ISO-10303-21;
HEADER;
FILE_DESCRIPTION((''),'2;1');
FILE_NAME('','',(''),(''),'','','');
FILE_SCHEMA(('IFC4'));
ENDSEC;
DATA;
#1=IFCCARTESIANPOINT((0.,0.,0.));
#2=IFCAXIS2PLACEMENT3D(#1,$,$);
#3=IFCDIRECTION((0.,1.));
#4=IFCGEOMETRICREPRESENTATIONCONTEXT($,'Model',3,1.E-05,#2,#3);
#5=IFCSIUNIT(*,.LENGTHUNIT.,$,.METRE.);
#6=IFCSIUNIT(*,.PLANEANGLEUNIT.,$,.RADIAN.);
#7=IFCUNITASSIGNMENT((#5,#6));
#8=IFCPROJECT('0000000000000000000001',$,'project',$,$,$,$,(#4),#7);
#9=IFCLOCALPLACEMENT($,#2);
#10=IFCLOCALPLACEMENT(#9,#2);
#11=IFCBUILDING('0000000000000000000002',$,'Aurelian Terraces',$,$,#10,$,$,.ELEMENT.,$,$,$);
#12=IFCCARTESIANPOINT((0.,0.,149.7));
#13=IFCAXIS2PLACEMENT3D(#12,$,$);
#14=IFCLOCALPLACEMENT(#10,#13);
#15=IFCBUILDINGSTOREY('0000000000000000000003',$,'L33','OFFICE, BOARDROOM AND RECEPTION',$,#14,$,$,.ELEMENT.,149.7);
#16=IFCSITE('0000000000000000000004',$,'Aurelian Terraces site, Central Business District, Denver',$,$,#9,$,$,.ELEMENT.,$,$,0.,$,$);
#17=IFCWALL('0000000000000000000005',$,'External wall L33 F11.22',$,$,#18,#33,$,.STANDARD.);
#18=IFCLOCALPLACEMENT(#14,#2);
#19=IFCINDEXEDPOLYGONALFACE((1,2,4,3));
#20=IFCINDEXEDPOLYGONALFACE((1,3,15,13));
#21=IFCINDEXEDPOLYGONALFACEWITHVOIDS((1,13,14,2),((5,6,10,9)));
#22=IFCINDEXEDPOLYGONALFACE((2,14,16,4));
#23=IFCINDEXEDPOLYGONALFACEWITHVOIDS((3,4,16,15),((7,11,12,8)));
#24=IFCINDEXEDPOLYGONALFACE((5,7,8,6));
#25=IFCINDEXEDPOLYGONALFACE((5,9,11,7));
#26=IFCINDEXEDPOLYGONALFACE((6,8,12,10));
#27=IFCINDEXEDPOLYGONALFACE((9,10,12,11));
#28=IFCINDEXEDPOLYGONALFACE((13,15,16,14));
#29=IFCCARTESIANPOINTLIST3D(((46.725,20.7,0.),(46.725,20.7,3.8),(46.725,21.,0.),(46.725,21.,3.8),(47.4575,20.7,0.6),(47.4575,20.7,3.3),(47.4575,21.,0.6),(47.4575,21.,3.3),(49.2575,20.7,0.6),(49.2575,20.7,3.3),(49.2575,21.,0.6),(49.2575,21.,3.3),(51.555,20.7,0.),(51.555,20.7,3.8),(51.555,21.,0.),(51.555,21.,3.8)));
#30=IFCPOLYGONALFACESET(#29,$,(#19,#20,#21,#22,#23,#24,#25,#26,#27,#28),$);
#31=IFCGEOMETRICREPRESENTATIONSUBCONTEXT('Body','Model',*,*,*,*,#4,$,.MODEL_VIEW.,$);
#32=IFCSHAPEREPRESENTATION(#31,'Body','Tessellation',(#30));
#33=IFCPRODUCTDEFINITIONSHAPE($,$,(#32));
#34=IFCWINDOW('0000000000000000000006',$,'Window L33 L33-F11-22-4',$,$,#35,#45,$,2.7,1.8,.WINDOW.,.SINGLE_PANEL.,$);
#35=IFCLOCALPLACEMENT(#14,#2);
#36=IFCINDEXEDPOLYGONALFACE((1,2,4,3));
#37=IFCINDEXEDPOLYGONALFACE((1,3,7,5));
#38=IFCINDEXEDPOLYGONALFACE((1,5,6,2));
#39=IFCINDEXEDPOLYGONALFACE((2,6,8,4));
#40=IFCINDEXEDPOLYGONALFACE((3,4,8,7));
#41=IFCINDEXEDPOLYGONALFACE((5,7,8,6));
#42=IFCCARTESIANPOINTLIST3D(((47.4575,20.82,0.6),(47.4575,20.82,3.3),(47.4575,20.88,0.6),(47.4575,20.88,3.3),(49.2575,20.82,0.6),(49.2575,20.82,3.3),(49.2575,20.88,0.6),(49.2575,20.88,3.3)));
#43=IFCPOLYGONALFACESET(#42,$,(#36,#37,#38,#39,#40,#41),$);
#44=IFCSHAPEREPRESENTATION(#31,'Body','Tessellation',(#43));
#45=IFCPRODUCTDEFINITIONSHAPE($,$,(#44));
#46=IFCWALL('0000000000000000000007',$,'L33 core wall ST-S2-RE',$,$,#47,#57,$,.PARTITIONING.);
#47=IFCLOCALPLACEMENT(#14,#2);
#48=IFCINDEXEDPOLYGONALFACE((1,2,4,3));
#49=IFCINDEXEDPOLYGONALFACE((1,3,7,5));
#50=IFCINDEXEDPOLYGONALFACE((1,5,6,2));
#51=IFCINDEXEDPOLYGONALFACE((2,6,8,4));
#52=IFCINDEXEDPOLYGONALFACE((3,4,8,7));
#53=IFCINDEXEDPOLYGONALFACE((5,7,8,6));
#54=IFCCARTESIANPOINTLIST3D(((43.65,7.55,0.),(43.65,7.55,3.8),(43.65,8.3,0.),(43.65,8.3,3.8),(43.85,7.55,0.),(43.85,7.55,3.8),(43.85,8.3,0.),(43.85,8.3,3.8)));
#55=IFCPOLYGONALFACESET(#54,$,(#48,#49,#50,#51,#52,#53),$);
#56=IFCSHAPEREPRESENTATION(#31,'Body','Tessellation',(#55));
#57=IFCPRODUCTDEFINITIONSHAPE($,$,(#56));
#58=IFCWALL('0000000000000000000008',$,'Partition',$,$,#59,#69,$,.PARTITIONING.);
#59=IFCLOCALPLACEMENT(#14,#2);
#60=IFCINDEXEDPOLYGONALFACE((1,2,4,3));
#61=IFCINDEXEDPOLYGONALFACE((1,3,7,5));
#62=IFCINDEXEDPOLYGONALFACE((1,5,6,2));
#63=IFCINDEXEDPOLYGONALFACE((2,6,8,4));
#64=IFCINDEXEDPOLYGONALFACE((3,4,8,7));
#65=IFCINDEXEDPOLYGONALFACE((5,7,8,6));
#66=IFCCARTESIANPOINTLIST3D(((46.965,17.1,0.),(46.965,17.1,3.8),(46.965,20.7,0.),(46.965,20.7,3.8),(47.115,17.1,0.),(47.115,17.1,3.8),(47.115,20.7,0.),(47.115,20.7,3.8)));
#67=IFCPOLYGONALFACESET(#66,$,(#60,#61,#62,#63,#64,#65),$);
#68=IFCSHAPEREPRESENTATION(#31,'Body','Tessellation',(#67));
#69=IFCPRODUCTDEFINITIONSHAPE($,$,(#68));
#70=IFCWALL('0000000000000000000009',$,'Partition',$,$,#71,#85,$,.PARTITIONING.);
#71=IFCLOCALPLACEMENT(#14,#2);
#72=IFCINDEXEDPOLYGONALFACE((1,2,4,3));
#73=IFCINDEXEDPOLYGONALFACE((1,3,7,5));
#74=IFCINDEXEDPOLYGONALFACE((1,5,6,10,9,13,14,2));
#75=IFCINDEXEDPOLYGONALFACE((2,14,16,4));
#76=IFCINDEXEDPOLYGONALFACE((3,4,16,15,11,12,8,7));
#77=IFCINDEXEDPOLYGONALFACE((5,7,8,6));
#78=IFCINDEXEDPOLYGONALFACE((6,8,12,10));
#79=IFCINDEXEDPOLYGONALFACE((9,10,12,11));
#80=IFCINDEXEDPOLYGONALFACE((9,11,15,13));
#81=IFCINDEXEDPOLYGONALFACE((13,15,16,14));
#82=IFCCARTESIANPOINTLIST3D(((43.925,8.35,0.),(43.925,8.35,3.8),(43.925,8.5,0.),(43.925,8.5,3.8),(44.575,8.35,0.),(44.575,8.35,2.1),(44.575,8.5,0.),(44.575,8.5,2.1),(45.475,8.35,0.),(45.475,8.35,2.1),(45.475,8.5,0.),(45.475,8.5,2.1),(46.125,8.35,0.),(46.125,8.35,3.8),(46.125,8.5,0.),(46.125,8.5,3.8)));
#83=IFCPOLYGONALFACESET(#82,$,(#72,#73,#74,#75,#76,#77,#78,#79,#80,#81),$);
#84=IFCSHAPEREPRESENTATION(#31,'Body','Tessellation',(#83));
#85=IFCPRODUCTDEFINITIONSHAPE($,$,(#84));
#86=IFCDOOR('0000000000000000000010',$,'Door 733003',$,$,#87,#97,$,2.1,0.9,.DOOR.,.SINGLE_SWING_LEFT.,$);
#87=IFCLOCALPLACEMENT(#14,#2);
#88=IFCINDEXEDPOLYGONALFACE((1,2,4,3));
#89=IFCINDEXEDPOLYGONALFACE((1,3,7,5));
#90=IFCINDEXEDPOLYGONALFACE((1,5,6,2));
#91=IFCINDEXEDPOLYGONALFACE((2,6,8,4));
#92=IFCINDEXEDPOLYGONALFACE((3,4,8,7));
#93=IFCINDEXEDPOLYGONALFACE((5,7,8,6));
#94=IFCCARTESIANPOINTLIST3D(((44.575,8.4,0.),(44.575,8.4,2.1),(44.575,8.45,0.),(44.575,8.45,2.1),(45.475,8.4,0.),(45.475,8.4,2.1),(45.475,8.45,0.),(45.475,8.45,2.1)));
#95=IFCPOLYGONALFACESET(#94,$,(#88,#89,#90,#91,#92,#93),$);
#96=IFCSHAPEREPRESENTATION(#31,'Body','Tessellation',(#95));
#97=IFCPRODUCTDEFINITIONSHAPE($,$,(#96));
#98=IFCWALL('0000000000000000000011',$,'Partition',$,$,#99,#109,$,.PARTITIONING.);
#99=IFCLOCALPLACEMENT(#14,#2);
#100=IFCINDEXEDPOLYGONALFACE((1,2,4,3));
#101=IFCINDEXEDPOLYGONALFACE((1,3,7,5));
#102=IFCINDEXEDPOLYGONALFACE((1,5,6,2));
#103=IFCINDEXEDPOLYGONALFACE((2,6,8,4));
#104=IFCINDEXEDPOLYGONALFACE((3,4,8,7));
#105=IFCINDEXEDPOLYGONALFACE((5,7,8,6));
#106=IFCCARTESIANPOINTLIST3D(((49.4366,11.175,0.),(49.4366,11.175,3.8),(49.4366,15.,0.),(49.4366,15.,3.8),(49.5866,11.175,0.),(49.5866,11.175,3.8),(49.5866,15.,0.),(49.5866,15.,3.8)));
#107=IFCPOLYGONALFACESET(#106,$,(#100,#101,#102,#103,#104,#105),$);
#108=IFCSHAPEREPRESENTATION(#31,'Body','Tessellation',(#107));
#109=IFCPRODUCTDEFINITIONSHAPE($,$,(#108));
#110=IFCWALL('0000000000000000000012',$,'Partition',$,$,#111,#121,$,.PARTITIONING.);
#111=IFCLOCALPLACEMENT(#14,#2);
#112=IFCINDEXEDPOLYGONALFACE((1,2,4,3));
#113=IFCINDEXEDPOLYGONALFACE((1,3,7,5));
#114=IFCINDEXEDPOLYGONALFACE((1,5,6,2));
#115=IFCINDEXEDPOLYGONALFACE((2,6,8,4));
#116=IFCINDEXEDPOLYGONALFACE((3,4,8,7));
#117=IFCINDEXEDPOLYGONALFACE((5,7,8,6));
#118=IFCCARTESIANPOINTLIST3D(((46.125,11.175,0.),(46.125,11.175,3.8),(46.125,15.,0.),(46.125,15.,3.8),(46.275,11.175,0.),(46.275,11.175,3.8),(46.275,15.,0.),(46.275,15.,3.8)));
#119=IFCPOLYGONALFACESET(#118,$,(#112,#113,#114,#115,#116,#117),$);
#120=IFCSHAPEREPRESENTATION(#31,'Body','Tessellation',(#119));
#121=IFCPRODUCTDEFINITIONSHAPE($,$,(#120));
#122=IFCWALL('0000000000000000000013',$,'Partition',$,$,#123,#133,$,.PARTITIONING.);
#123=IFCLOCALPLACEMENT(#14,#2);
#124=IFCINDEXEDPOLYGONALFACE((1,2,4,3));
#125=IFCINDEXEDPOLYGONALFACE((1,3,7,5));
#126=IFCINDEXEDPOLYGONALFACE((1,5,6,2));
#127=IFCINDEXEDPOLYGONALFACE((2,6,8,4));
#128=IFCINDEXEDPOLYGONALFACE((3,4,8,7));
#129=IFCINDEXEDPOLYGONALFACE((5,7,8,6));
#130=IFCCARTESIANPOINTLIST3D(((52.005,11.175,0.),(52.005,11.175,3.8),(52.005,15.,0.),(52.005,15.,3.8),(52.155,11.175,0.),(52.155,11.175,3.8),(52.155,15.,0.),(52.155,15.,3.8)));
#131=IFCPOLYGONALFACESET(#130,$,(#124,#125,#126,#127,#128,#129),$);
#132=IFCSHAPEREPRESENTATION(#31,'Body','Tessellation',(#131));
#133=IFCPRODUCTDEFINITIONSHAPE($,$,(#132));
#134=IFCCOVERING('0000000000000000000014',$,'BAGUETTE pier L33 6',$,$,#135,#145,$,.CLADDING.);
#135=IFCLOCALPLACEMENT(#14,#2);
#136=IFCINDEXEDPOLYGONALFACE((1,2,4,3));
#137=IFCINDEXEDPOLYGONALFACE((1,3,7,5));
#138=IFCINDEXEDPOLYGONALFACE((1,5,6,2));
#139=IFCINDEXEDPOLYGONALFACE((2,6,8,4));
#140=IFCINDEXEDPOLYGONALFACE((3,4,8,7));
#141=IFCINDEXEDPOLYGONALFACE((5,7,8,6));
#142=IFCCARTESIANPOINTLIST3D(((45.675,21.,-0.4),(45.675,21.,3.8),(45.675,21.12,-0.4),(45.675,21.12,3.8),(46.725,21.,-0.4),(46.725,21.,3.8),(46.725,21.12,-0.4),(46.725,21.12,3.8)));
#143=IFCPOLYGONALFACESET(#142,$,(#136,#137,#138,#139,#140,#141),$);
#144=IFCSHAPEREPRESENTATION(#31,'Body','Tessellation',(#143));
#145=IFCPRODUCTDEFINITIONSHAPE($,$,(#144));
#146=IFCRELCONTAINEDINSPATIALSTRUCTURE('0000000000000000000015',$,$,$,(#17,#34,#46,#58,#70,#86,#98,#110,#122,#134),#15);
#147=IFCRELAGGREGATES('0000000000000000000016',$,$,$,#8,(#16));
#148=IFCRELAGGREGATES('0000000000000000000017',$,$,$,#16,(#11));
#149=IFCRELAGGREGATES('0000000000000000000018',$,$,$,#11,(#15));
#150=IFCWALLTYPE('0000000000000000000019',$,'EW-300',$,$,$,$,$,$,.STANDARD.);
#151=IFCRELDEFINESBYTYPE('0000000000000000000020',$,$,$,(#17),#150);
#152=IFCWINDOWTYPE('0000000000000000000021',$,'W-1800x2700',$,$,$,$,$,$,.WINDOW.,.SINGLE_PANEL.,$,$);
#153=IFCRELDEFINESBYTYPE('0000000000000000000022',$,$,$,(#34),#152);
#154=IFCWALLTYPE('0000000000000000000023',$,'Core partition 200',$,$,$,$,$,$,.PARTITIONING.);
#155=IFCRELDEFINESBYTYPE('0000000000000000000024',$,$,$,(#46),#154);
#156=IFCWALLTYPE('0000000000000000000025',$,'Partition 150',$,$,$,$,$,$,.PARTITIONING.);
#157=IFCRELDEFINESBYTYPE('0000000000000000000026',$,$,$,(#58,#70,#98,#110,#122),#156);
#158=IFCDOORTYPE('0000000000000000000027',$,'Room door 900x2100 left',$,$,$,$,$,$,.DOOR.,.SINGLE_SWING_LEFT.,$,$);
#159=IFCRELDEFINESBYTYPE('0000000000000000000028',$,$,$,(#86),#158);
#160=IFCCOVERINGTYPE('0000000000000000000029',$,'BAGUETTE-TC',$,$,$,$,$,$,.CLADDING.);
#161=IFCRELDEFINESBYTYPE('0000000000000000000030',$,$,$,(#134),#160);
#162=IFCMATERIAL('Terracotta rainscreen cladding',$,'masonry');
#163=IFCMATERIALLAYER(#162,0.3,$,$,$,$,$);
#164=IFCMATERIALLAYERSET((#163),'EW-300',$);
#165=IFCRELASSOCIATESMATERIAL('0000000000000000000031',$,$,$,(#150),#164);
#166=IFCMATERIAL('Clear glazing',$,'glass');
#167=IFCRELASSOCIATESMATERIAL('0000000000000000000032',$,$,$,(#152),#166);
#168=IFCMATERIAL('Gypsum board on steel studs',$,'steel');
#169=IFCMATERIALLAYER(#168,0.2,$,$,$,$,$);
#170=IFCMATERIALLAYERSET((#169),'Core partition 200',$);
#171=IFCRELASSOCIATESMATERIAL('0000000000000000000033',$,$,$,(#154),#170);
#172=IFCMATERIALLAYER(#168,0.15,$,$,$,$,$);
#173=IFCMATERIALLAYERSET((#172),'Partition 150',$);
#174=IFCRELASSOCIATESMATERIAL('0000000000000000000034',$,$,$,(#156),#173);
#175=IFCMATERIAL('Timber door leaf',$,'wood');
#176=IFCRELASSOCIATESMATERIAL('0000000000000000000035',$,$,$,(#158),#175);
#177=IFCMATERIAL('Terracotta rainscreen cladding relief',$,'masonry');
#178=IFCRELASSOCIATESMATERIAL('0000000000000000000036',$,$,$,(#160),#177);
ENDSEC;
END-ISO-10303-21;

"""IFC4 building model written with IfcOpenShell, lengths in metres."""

from ifc_helpers import new_model, si_unit, direction, frame, frame_2d, origin, origin_2d, place, context, subcontext, project, spatial, rectangle, extrude, source, transform, mapped, material, layer, layer_set, type_object, element, fill, save


model = new_model("IFC4")

# Units and contexts
model_context = context("Model", 3, precision=1e-05, world=origin(), true_north=direction((0.0, 1.0)))
body_context = subcontext(model_context, "Body", "Model", "MODEL_VIEW")
ifc_project = project(units=[si_unit("LENGTHUNIT", "METRE"), si_unit("PLANEANGLEUNIT", "RADIAN")], contexts=[model_context])

# Site, building, storey
site_placement = place(None, origin())
site = spatial("IfcSite", under=ifc_project, at=site_placement, Name="Aurelian Terraces site, Central Business District, Denver", CompositionType="ELEMENT", RefElevation=0.0)
building_placement = place(site_placement, origin())
building = spatial("IfcBuilding", under=site, at=building_placement, Name="Aurelian Terraces", CompositionType="ELEMENT")
storey_placement = place(building_placement, frame((0.0, 0.0, 149.7)))
storey = spatial("IfcBuildingStorey", under=building, at=storey_placement, Name="L33", Description="OFFICE, BOARDROOM AND RECEPTION", CompositionType="ELEMENT", Elevation=149.7)

# Shared definitions
ifc_material_1 = material(Name="Clear glazing", Category="glass")

# Shared definitions
ifc_material_2 = material(Name="Terracotta rainscreen cladding", Category="masonry")
ifc_layer_1 = layer(ifc_material_2, 0.3)
ifc_layer_set_1 = layer_set([ifc_layer_1], Name="EW-300")
wall_type_1 = type_object("IfcWallType", Name="EW-300", PredefinedType="STANDARD", material=ifc_layer_set_1)
ifc_material_3 = material(Name="Timber door leaf", Category="wood")

# Wall, opening, window
shared_shape_1 = source(origin(), body_context, "Body", "SweptSolid", [
    extrude(rectangle(XDim=4.83, YDim=0.3, at=frame_2d((2.415, 0.0))), origin(), (0.0, 0.0, 1.0), 3.8),
])
wall_1_placement = place(storey_placement, frame((51.555, 20.85, 0.0), z_axis=(0.0, 0.0, 1.0), x_axis=(-1.0, 0.0, 0.0)))
wall_1 = element("IfcWall", 1, at=wall_1_placement, inside=storey, type_object=wall_type_1, Name="External wall L33 F11.22", PredefinedType="STANDARD", context=body_context, shape_type="MappedRepresentation", body=[
    mapped(shared_shape_1, transform((0.0, 0.0, 0.0), scale=1.0)),
])
shared_shape_2 = source(origin(), body_context, "Body", "SweptSolid", [
    extrude(rectangle(XDim=1.8, YDim=2.7, at=frame_2d((0.9, 1.35))), frame((0.0, 0.16, 0.0), z_axis=(0.0, -1.0, 0.0), x_axis=(1.0, 0.0, 0.0)), (0.0, 0.0, 1.0), 0.32),
])
opening_1_placement = place(wall_1_placement, frame((2.2975, 0.0, 0.6)))
opening_1 = element("IfcOpeningElement", 2, at=opening_1_placement, cuts=wall_1, PredefinedType="OPENING", context=body_context, shape_type="MappedRepresentation", body=[
    mapped(shared_shape_2, transform((0.0, 0.0, 0.0), scale=1.0)),
])
window_type_1 = type_object("IfcWindowType", Name="W-1800x2700", PartitioningType="SINGLE_PANEL", PredefinedType="WINDOW", material=ifc_material_1)
shared_shape_3 = source(origin(), body_context, "Body", "SweptSolid", [
    extrude(rectangle(XDim=1.8, YDim=2.7, at=frame_2d((0.9, 1.35))), frame((0.0, 0.03, 0.0), z_axis=(0.0, -1.0, 0.0), x_axis=(1.0, 0.0, 0.0)), (0.0, 0.0, 1.0), 0.06),
])
window_1_placement = place(opening_1_placement, origin())
window_1 = element("IfcWindow", 3, at=window_1_placement, inside=storey, type_object=window_type_1, Name="Window L33 L33-F11-22-4", OverallHeight=2.7, OverallWidth=1.8, PartitioningType="SINGLE_PANEL", PredefinedType="WINDOW", context=body_context, shape_type="MappedRepresentation", body=[
    mapped(shared_shape_3, transform((0.0, 0.0, 0.0), scale=1.0)),
])
fill(opening_1, window_1)

# Walls
ifc_material_4 = material(Name="Gypsum board on steel studs", Category="steel")
ifc_layer_2 = layer(ifc_material_4, 0.2)
ifc_layer_set_2 = layer_set([ifc_layer_2], Name="Core partition 200")
wall_type_2 = type_object("IfcWallType", Name="Core partition 200", PredefinedType="PARTITIONING", material=ifc_layer_set_2)
shared_shape_4 = source(origin(), body_context, "Body", "SweptSolid", [
    extrude(rectangle(XDim=0.75, YDim=0.2, at=frame_2d((0.375, 0.0))), origin(), (0.0, 0.0, 1.0), 3.8),
])
wall_2_placement = place(storey_placement, frame((43.75, 7.55, 0.0), z_axis=(0.0, 0.0, 1.0), x_axis=(0.0, 1.0, 0.0)))
element("IfcWall", 4, at=wall_2_placement, inside=storey, type_object=wall_type_2, Name="L33 core wall ST-S2-RE", PredefinedType="PARTITIONING", context=body_context, shape_type="MappedRepresentation", body=[
    mapped(shared_shape_4, transform((0.0, 0.0, 0.0), scale=1.0)),
])
ifc_layer_3 = layer(ifc_material_4, 0.15)
ifc_layer_set_3 = layer_set([ifc_layer_3], Name="Partition 150")
wall_type_3 = type_object("IfcWallType", Name="Partition 150", PredefinedType="PARTITIONING", material=ifc_layer_set_3)
shared_shape_5 = source(origin(), body_context, "Body", "SweptSolid", [
    extrude(rectangle(XDim=3.6, YDim=0.15, at=frame_2d((1.8, 0.0))), origin(), (0.0, 0.0, 1.0), 3.8),
])
wall_3_placement = place(storey_placement, frame((47.04, 20.7, 0.0), z_axis=(0.0, 0.0, 1.0), x_axis=(0.0, -1.0, 0.0)))
element("IfcWall", 5, at=wall_3_placement, inside=storey, type_object=wall_type_3, Name="Partition", PredefinedType="PARTITIONING", context=body_context, shape_type="MappedRepresentation", body=[
    mapped(shared_shape_5, transform((0.0, 0.0, 0.0), scale=1.0)),
])

# Wall, opening, door
shared_shape_6 = source(origin(), body_context, "Body", "SweptSolid", [
    extrude(rectangle(XDim=2.2, YDim=0.15, at=frame_2d((1.1, 0.0))), origin(), (0.0, 0.0, 1.0), 3.8),
])
wall_4_placement = place(storey_placement, frame((46.125, 8.425, 0.0), z_axis=(0.0, 0.0, 1.0), x_axis=(-1.0, 0.0, 0.0)))
wall_4 = element("IfcWall", 6, at=wall_4_placement, inside=storey, type_object=wall_type_3, Name="Partition", PredefinedType="PARTITIONING", context=body_context, shape_type="MappedRepresentation", body=[
    mapped(shared_shape_6, transform((0.0, 0.0, 0.0), scale=1.0)),
])
shared_shape_7 = source(origin(), body_context, "Body", "SweptSolid", [
    extrude(rectangle(XDim=0.9, YDim=2.1, at=frame_2d((0.45, 1.05))), frame((0.0, 0.085, 0.0), z_axis=(0.0, -1.0, 0.0), x_axis=(1.0, 0.0, 0.0)), (0.0, 0.0, 1.0), 0.17),
])
opening_2_placement = place(wall_4_placement, frame((0.65, 0.0, 0.0)))
opening_2 = element("IfcOpeningElement", 7, at=opening_2_placement, cuts=wall_4, PredefinedType="OPENING", context=body_context, shape_type="MappedRepresentation", body=[
    mapped(shared_shape_7, transform((0.0, 0.0, 0.0), scale=1.0)),
])
door_type_1 = type_object("IfcDoorType", Name="Room door 900x2100 left", OperationType="SINGLE_SWING_LEFT", PredefinedType="DOOR", material=ifc_material_3)
shared_shape_8 = source(origin(), body_context, "Body", "SweptSolid", [
    extrude(rectangle(XDim=0.9, YDim=2.1, at=frame_2d((0.45, 1.05))), frame((0.0, 0.025, 0.0), z_axis=(0.0, -1.0, 0.0), x_axis=(1.0, 0.0, 0.0)), (0.0, 0.0, 1.0), 0.05),
])
door_1_placement = place(opening_2_placement, origin())
door_1 = element("IfcDoor", 8, at=door_1_placement, inside=storey, type_object=door_type_1, Name="Door 733003", OperationType="SINGLE_SWING_LEFT", OverallHeight=2.1, OverallWidth=0.9, PredefinedType="DOOR", context=body_context, shape_type="MappedRepresentation", body=[
    mapped(shared_shape_8, transform((0.0, 0.0, 0.0), scale=1.0)),
])
fill(opening_2, door_1)

# Walls
shared_shape_9 = source(origin(), body_context, "Body", "SweptSolid", [
    extrude(rectangle(XDim=3.825, YDim=0.15, at=frame_2d((1.9125, 0.0))), origin(), (0.0, 0.0, 1.0), 3.8),
])
for number, where, z_axis, x_axis, name in (
    (9, (49.5116, 11.175, 0.0), (0.0, 0.0, 1.0), (0.0, 1.0, 0.0), "Partition"),
    (10, (46.2, 11.175, 0.0), (0.0, 0.0, 1.0), (0.0, 1.0, 0.0), "Partition"),
    (11, (52.08, 11.175, 0.0), (0.0, 0.0, 1.0), (0.0, 1.0, 0.0), "Partition"),
):
    element("IfcWall", number, at=place(storey_placement, frame(where, z_axis=z_axis, x_axis=x_axis)), inside=storey, type_object=wall_type_3, Name=name, PredefinedType="PARTITIONING", context=body_context, shape_type="MappedRepresentation", body=[
        mapped(shared_shape_9, transform((0.0, 0.0, 0.0), scale=1.0)),
    ])

# Covering
ifc_material_5 = material(Name="Terracotta rainscreen cladding relief", Category="masonry")
covering_type = type_object("IfcCoveringType", Name="BAGUETTE-TC", PredefinedType="CLADDING", material=ifc_material_5)
shared_shape_10 = source(origin(), body_context, "Body", "SweptSolid", [
    extrude(rectangle(XDim=1.05, YDim=0.12, at=origin_2d()), origin(), (0.0, 0.0, 1.0), 4.2),
])
covering_placement = place(storey_placement, frame((46.2, 21.06, -0.4), z_axis=(0.0, 0.0, 1.0), x_axis=(1.0, 0.0, 0.0)))
element("IfcCovering", 12, at=covering_placement, inside=storey, type_object=covering_type, Name="BAGUETTE pier L33 6", PredefinedType="CLADDING", context=body_context, shape_type="MappedRepresentation", body=[
    mapped(shared_shape_10, transform((0.0, 0.0, 0.0), scale=1.0)),
])

save(model, "model.ifc")
